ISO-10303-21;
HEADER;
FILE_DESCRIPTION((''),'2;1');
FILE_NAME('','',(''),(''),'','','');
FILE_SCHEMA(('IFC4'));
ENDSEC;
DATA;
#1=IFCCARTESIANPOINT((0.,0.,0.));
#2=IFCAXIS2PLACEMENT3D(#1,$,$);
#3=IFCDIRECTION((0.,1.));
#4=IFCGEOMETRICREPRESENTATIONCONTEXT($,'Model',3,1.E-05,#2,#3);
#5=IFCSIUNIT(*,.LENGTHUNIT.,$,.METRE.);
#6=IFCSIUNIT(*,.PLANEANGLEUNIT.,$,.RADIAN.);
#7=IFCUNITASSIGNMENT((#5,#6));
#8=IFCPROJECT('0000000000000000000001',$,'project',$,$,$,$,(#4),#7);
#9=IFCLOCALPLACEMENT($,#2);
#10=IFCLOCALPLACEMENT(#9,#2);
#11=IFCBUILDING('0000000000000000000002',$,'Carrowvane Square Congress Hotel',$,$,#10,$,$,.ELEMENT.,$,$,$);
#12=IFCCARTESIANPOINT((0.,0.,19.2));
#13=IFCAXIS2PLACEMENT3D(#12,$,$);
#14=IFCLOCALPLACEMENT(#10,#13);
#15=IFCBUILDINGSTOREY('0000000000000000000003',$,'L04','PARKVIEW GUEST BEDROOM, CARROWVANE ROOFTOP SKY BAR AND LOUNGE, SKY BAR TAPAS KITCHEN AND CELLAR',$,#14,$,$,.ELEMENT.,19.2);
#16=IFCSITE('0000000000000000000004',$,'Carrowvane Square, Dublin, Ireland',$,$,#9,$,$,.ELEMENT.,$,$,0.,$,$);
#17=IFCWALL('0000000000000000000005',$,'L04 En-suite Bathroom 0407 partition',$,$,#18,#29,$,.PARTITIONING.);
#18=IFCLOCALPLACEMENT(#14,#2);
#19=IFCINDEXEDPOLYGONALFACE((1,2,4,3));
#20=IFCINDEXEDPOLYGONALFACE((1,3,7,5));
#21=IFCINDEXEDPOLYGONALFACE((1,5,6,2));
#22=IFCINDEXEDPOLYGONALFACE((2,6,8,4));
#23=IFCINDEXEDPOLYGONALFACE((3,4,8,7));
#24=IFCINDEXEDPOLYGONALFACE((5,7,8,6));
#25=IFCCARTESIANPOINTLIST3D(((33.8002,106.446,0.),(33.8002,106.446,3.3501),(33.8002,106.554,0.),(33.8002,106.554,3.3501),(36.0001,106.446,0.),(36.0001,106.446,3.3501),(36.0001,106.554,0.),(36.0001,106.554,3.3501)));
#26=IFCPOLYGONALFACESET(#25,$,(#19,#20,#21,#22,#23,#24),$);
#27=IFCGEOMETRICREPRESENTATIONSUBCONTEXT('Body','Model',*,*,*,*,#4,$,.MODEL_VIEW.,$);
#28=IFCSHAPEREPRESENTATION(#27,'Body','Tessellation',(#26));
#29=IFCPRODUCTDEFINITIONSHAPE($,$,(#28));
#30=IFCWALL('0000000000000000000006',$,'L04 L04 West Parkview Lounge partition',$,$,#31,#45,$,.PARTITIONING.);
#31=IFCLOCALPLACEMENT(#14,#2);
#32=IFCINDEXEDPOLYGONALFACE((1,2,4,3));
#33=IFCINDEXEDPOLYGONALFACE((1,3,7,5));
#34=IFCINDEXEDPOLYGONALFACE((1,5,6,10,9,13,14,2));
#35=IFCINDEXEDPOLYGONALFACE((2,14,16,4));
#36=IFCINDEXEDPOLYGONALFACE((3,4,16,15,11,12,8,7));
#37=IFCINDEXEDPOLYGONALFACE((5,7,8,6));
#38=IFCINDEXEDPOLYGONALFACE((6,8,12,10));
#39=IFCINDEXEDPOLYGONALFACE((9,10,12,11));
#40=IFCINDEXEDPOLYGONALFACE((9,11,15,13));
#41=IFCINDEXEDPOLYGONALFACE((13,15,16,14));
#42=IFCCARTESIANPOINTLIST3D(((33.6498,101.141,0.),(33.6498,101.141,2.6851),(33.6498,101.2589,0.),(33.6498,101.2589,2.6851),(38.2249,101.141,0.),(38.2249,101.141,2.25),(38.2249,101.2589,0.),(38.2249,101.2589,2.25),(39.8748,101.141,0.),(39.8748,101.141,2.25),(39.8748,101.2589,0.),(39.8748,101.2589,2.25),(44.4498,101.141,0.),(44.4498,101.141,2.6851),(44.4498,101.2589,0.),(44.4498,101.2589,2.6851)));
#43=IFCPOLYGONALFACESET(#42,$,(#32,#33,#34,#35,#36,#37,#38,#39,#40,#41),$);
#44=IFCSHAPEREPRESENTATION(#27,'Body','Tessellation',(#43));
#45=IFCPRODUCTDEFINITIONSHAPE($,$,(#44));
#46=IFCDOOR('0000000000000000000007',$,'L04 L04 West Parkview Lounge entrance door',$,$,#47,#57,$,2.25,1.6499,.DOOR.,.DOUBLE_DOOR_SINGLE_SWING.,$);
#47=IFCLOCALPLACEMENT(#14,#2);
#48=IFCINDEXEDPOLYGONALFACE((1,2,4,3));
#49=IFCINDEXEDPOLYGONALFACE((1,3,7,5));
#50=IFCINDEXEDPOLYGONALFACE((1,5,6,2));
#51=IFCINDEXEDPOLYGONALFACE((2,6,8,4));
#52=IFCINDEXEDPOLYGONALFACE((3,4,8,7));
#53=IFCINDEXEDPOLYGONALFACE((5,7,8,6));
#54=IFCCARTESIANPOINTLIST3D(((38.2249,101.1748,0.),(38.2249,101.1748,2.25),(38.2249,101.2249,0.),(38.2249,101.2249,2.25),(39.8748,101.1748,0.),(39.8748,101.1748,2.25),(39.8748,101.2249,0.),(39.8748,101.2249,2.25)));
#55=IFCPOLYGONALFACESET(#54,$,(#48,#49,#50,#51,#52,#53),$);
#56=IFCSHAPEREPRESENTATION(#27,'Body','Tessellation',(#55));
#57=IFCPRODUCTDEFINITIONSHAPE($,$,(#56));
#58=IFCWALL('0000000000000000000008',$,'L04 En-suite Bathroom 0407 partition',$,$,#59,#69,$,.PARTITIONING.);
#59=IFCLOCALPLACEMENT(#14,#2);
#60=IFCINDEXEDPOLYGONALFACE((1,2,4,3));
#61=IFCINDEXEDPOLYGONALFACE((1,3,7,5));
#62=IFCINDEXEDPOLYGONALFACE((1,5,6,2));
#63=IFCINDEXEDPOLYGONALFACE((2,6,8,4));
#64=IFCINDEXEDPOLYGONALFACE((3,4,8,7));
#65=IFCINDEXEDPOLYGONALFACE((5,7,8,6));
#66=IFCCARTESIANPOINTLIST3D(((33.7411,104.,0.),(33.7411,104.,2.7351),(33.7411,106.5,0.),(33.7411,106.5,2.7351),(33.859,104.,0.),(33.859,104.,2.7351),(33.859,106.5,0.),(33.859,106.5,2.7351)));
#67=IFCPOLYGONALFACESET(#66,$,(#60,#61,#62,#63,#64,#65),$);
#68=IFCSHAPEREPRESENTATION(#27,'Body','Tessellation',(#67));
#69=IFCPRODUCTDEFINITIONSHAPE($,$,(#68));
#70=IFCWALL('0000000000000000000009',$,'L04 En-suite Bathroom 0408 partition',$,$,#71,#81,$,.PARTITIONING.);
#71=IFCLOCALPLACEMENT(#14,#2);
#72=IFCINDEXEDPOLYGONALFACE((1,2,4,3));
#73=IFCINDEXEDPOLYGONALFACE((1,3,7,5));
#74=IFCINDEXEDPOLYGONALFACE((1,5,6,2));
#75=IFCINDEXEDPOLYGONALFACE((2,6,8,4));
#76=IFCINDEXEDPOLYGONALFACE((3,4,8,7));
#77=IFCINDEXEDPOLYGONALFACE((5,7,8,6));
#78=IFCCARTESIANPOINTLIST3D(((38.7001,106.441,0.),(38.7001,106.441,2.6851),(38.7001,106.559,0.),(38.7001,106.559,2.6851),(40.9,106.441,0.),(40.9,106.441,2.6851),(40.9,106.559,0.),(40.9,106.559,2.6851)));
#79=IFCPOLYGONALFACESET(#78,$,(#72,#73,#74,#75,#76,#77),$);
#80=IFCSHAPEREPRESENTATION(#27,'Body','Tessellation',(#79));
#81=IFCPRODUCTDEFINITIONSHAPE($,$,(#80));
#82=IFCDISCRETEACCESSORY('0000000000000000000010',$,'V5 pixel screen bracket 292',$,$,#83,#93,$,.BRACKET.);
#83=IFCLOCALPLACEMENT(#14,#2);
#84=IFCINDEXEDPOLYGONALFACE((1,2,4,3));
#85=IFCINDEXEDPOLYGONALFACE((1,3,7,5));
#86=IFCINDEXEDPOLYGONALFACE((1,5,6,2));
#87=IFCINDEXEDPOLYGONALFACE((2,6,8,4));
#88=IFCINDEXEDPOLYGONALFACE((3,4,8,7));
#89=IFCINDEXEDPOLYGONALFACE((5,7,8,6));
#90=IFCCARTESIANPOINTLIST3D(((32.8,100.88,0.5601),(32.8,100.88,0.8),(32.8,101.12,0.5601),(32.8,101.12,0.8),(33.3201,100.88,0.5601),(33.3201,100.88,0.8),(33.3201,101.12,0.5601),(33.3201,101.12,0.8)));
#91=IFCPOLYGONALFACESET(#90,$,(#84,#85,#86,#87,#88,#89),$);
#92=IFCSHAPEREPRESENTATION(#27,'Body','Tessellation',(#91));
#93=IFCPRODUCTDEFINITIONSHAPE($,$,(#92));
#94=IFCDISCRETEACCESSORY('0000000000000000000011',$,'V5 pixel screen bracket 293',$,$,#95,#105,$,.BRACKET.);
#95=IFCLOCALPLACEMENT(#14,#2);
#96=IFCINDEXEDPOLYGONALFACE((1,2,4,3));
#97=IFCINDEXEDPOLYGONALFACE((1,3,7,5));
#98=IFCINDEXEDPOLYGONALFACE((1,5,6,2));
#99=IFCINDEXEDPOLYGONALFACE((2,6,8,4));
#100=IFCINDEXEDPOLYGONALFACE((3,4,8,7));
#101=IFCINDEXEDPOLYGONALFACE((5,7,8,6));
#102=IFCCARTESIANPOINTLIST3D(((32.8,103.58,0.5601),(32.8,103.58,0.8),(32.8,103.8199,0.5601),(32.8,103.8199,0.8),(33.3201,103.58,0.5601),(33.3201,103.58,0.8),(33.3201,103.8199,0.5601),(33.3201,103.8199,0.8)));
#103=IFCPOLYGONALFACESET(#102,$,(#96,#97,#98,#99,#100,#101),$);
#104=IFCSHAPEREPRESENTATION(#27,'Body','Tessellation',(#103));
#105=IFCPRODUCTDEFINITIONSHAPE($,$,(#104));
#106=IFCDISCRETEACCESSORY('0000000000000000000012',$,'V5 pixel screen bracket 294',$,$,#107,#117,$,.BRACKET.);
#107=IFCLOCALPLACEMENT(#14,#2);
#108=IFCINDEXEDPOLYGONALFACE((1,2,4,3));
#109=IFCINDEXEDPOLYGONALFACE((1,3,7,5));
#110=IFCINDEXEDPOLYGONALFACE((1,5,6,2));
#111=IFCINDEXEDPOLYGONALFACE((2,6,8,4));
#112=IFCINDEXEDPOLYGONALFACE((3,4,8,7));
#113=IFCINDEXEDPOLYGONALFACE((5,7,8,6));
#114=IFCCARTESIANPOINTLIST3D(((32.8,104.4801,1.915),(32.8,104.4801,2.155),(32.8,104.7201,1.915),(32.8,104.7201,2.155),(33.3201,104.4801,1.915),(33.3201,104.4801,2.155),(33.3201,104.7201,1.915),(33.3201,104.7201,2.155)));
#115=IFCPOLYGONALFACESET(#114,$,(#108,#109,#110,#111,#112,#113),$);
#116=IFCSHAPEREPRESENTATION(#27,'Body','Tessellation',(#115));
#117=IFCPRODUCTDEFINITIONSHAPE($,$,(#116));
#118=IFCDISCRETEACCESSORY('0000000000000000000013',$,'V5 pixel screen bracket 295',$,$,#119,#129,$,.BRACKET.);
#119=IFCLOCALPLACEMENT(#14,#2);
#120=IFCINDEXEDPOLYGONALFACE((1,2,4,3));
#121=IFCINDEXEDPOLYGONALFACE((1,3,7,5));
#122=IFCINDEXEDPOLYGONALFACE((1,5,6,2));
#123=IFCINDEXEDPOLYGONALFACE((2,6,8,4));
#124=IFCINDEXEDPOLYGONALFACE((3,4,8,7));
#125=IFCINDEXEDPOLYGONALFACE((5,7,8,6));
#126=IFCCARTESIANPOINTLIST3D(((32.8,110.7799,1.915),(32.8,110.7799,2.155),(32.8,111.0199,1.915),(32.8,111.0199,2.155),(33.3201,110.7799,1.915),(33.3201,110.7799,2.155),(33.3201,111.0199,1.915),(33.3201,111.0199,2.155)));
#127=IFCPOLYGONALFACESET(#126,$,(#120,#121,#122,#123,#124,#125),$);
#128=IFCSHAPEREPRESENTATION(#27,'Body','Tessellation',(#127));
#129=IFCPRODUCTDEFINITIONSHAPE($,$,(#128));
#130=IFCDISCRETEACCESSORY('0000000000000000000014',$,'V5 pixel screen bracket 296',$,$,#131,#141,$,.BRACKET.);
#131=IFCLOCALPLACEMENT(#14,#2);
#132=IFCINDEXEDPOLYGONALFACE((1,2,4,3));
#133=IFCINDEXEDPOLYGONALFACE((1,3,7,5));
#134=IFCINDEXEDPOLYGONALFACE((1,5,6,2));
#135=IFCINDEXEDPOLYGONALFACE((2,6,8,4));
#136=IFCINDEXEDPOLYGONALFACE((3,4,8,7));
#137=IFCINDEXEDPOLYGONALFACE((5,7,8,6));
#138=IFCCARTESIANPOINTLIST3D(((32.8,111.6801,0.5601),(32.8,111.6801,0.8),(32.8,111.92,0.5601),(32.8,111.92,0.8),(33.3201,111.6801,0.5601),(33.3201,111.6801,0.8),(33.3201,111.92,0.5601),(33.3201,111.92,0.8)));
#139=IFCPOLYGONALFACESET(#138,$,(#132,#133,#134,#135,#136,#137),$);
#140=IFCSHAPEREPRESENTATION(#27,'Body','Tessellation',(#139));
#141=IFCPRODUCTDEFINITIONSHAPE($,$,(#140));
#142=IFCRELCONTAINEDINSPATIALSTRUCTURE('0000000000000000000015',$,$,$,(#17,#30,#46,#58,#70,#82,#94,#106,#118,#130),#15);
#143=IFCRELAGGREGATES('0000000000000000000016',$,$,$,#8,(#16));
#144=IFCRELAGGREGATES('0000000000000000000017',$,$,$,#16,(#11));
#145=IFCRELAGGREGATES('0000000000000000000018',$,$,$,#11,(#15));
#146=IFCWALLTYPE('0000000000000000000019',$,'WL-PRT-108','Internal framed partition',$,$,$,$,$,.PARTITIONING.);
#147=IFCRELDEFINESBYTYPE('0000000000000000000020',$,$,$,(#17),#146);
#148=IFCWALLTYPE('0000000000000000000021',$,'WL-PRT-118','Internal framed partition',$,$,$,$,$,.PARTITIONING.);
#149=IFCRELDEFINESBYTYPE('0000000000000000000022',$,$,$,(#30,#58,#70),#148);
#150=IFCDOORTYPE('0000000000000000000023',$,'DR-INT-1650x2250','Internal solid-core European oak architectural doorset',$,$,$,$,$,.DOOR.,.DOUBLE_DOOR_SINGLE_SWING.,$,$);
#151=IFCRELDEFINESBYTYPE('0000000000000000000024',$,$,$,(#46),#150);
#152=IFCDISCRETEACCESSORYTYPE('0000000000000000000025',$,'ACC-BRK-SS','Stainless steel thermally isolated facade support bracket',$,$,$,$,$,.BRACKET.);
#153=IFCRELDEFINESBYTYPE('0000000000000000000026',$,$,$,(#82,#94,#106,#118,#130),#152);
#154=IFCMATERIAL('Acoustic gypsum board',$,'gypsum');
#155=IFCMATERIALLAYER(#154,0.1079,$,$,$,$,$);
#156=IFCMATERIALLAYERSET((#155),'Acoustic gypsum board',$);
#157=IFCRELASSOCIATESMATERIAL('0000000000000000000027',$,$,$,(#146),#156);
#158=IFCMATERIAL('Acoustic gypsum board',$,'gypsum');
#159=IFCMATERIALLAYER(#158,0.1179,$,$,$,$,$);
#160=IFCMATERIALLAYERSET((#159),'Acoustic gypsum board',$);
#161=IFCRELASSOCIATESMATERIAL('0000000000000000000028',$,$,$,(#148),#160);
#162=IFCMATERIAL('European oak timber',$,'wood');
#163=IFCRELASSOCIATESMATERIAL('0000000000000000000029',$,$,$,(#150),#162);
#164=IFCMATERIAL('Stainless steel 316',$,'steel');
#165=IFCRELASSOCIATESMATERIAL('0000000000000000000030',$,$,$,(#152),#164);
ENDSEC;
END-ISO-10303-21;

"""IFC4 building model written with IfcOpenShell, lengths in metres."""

from ifc_helpers import new_model, si_unit, direction, frame, frame_2d, origin, origin_2d, place, context, subcontext, project, spatial, rectangle, extrude, material, layer, layer_set, type_object, element, fill, save


model = new_model("IFC4")

# Units and contexts
model_context = context("Model", 3, precision=1e-05, world=origin(), true_north=direction((0.0, 1.0)))
body_context = subcontext(model_context, "Body", "Model", "MODEL_VIEW")
ifc_project = project(units=[si_unit("LENGTHUNIT", "METRE"), si_unit("PLANEANGLEUNIT", "RADIAN")], contexts=[model_context])

# Site, building, storey
site_placement = place(None, origin())
site = spatial("IfcSite", under=ifc_project, at=site_placement, Name="Carrowvane Square, Dublin, Ireland", CompositionType="ELEMENT", RefElevation=0.0)
building_placement = place(site_placement, origin())
building = spatial("IfcBuilding", under=site, at=building_placement, Name="Carrowvane Square Congress Hotel", CompositionType="ELEMENT")
storey_placement = place(building_placement, frame((0.0, 0.0, 19.2)))
storey = spatial("IfcBuildingStorey", under=building, at=storey_placement, Name="L04", Description="PARKVIEW GUEST BEDROOM, CARROWVANE ROOFTOP SKY BAR AND LOUNGE, SKY BAR TAPAS KITCHEN AND CELLAR", CompositionType="ELEMENT", Elevation=19.2)

# Wall
ifc_material_1 = material(Name="Acoustic gypsum board", Category="gypsum")
ifc_layer_1 = layer(ifc_material_1, 0.1079)
ifc_layer_set_1 = layer_set([ifc_layer_1], Name="Acoustic gypsum board")
wall_type_1 = type_object("IfcWallType", Name="WL-PRT-108", Description="Internal framed partition", PredefinedType="PARTITIONING", material=ifc_layer_set_1)
wall_1_placement = place(storey_placement, frame((33.8, 106.5, 0.0), z_axis=(0.0, 0.0, 1.0), x_axis=(1.0, 0.0, 0.0)))
element("IfcWall", 1, at=wall_1_placement, inside=storey, type_object=wall_type_1, Name="L04 En-suite Bathroom 0407 partition", PredefinedType="PARTITIONING", context=body_context, shape_type="SweptSolid", body=[
    extrude(rectangle(XDim=2.2, YDim=0.1079, at=frame_2d((1.1001, 0.0))), origin(), (0.0, 0.0, 1.0), 3.3501),
])

# Wall, opening, door
ifc_material_2 = material(Name="Acoustic gypsum board", Category="gypsum")
ifc_layer_2 = layer(ifc_material_2, 0.1179)
ifc_layer_set_2 = layer_set([ifc_layer_2], Name="Acoustic gypsum board")
wall_type_2 = type_object("IfcWallType", Name="WL-PRT-118", Description="Internal framed partition", PredefinedType="PARTITIONING", material=ifc_layer_set_2)
wall_2_placement = place(storey_placement, frame((33.6499, 101.2, 0.0), z_axis=(0.0, 0.0, 1.0), x_axis=(1.0, 0.0, 0.0)))
wall_2 = element("IfcWall", 2, at=wall_2_placement, inside=storey, type_object=wall_type_2, Name="L04 L04 West Parkview Lounge partition", PredefinedType="PARTITIONING", context=body_context, shape_type="SweptSolid", body=[
    extrude(rectangle(XDim=10.8, YDim=0.1179, at=frame_2d((5.3999, 0.0))), origin(), (0.0, 0.0, 1.0), 2.6851),
])
opening_1_placement = place(wall_2_placement, frame((4.575, 0.0, 0.0)))
opening_1 = element("IfcOpeningElement", 3, at=opening_1_placement, cuts=wall_2, PredefinedType="OPENING", context=body_context, shape_type="SweptSolid", body=[
    extrude(rectangle(XDim=1.6499, YDim=2.25, at=frame_2d((0.825, 1.125))), frame((0.0, 0.0688, 0.0), z_axis=(0.0, -1.0, 0.0), x_axis=(1.0, 0.0, 0.0)), (0.0, 0.0, 1.0), 0.1379),
])
ifc_material_3 = material(Name="European oak timber", Category="wood")
door_type_1 = type_object("IfcDoorType", Name="DR-INT-1650x2250", Description="Internal solid-core European oak architectural doorset", OperationType="DOUBLE_DOOR_SINGLE_SWING", PredefinedType="DOOR", material=ifc_material_3)
door_1_placement = place(opening_1_placement, origin())
door_1 = element("IfcDoor", 4, at=door_1_placement, inside=storey, type_object=door_type_1, Name="L04 L04 West Parkview Lounge entrance door", OperationType="DOUBLE_DOOR_SINGLE_SWING", OverallHeight=2.25, OverallWidth=1.6499, PredefinedType="DOOR", context=body_context, shape_type="SweptSolid", body=[
    extrude(rectangle(XDim=1.6499, YDim=2.25, at=frame_2d((0.825, 1.125))), frame((0.0, 0.0249, 0.0), z_axis=(0.0, -1.0, 0.0), x_axis=(1.0, 0.0, 0.0)), (0.0, 0.0, 1.0), 0.05),
])
fill(opening_1, door_1)

# Walls
wall_3_placement = place(storey_placement, frame((33.8, 104.0, 0.0), z_axis=(0.0, 0.0, 1.0), x_axis=(0.0, 1.0, 0.0)))
element("IfcWall", 5, at=wall_3_placement, inside=storey, type_object=wall_type_2, Name="L04 En-suite Bathroom 0407 partition", PredefinedType="PARTITIONING", context=body_context, shape_type="SweptSolid", body=[
    extrude(rectangle(XDim=2.5, YDim=0.1179, at=frame_2d((1.25, 0.0))), origin(), (0.0, 0.0, 1.0), 2.7351),
])
wall_4_placement = place(storey_placement, frame((38.7, 106.5, 0.0), z_axis=(0.0, 0.0, 1.0), x_axis=(1.0, 0.0, 0.0)))
element("IfcWall", 6, at=wall_4_placement, inside=storey, type_object=wall_type_2, Name="L04 En-suite Bathroom 0408 partition", PredefinedType="PARTITIONING", context=body_context, shape_type="SweptSolid", body=[
    extrude(rectangle(XDim=2.2, YDim=0.1179, at=frame_2d((1.1001, 0.0))), origin(), (0.0, 0.0, 1.0), 2.6851),
])

# Discrete accessories
ifc_material_4 = material(Name="Stainless steel 316", Category="steel")
discrete_accessory_type = type_object("IfcDiscreteAccessoryType", Name="ACC-BRK-SS", Description="Stainless steel thermally isolated facade support bracket", PredefinedType="BRACKET", material=ifc_material_4)
for number, where, z_axis, x_axis, name in (
    (7, (33.0601, 101.0, 0.5601), (0.0, 0.0, 1.0), (0.0, 1.0, 0.0), "V5 pixel screen bracket 292"),
    (8, (33.0601, 103.7, 0.5601), (0.0, 0.0, 1.0), (0.0, 1.0, 0.0), "V5 pixel screen bracket 293"),
    (9, (33.0601, 104.6001, 1.915), (0.0, 0.0, 1.0), (0.0, 1.0, 0.0), "V5 pixel screen bracket 294"),
    (10, (33.0601, 110.8999, 1.915), (0.0, 0.0, 1.0), (0.0, 1.0, 0.0), "V5 pixel screen bracket 295"),
    (11, (33.0601, 111.8, 0.5601), (0.0, 0.0, 1.0), (0.0, 1.0, 0.0), "V5 pixel screen bracket 296"),
):
    element("IfcDiscreteAccessory", number, at=place(storey_placement, frame(where, z_axis=z_axis, x_axis=x_axis)), inside=storey, type_object=discrete_accessory_type, Name=name, PredefinedType="BRACKET", context=body_context, shape_type="SweptSolid", body=[
        extrude(rectangle(XDim=0.24, YDim=0.52, at=origin_2d()), origin(), (0.0, 0.0, 1.0), 0.24),
    ])

save(model, "model.ifc")
